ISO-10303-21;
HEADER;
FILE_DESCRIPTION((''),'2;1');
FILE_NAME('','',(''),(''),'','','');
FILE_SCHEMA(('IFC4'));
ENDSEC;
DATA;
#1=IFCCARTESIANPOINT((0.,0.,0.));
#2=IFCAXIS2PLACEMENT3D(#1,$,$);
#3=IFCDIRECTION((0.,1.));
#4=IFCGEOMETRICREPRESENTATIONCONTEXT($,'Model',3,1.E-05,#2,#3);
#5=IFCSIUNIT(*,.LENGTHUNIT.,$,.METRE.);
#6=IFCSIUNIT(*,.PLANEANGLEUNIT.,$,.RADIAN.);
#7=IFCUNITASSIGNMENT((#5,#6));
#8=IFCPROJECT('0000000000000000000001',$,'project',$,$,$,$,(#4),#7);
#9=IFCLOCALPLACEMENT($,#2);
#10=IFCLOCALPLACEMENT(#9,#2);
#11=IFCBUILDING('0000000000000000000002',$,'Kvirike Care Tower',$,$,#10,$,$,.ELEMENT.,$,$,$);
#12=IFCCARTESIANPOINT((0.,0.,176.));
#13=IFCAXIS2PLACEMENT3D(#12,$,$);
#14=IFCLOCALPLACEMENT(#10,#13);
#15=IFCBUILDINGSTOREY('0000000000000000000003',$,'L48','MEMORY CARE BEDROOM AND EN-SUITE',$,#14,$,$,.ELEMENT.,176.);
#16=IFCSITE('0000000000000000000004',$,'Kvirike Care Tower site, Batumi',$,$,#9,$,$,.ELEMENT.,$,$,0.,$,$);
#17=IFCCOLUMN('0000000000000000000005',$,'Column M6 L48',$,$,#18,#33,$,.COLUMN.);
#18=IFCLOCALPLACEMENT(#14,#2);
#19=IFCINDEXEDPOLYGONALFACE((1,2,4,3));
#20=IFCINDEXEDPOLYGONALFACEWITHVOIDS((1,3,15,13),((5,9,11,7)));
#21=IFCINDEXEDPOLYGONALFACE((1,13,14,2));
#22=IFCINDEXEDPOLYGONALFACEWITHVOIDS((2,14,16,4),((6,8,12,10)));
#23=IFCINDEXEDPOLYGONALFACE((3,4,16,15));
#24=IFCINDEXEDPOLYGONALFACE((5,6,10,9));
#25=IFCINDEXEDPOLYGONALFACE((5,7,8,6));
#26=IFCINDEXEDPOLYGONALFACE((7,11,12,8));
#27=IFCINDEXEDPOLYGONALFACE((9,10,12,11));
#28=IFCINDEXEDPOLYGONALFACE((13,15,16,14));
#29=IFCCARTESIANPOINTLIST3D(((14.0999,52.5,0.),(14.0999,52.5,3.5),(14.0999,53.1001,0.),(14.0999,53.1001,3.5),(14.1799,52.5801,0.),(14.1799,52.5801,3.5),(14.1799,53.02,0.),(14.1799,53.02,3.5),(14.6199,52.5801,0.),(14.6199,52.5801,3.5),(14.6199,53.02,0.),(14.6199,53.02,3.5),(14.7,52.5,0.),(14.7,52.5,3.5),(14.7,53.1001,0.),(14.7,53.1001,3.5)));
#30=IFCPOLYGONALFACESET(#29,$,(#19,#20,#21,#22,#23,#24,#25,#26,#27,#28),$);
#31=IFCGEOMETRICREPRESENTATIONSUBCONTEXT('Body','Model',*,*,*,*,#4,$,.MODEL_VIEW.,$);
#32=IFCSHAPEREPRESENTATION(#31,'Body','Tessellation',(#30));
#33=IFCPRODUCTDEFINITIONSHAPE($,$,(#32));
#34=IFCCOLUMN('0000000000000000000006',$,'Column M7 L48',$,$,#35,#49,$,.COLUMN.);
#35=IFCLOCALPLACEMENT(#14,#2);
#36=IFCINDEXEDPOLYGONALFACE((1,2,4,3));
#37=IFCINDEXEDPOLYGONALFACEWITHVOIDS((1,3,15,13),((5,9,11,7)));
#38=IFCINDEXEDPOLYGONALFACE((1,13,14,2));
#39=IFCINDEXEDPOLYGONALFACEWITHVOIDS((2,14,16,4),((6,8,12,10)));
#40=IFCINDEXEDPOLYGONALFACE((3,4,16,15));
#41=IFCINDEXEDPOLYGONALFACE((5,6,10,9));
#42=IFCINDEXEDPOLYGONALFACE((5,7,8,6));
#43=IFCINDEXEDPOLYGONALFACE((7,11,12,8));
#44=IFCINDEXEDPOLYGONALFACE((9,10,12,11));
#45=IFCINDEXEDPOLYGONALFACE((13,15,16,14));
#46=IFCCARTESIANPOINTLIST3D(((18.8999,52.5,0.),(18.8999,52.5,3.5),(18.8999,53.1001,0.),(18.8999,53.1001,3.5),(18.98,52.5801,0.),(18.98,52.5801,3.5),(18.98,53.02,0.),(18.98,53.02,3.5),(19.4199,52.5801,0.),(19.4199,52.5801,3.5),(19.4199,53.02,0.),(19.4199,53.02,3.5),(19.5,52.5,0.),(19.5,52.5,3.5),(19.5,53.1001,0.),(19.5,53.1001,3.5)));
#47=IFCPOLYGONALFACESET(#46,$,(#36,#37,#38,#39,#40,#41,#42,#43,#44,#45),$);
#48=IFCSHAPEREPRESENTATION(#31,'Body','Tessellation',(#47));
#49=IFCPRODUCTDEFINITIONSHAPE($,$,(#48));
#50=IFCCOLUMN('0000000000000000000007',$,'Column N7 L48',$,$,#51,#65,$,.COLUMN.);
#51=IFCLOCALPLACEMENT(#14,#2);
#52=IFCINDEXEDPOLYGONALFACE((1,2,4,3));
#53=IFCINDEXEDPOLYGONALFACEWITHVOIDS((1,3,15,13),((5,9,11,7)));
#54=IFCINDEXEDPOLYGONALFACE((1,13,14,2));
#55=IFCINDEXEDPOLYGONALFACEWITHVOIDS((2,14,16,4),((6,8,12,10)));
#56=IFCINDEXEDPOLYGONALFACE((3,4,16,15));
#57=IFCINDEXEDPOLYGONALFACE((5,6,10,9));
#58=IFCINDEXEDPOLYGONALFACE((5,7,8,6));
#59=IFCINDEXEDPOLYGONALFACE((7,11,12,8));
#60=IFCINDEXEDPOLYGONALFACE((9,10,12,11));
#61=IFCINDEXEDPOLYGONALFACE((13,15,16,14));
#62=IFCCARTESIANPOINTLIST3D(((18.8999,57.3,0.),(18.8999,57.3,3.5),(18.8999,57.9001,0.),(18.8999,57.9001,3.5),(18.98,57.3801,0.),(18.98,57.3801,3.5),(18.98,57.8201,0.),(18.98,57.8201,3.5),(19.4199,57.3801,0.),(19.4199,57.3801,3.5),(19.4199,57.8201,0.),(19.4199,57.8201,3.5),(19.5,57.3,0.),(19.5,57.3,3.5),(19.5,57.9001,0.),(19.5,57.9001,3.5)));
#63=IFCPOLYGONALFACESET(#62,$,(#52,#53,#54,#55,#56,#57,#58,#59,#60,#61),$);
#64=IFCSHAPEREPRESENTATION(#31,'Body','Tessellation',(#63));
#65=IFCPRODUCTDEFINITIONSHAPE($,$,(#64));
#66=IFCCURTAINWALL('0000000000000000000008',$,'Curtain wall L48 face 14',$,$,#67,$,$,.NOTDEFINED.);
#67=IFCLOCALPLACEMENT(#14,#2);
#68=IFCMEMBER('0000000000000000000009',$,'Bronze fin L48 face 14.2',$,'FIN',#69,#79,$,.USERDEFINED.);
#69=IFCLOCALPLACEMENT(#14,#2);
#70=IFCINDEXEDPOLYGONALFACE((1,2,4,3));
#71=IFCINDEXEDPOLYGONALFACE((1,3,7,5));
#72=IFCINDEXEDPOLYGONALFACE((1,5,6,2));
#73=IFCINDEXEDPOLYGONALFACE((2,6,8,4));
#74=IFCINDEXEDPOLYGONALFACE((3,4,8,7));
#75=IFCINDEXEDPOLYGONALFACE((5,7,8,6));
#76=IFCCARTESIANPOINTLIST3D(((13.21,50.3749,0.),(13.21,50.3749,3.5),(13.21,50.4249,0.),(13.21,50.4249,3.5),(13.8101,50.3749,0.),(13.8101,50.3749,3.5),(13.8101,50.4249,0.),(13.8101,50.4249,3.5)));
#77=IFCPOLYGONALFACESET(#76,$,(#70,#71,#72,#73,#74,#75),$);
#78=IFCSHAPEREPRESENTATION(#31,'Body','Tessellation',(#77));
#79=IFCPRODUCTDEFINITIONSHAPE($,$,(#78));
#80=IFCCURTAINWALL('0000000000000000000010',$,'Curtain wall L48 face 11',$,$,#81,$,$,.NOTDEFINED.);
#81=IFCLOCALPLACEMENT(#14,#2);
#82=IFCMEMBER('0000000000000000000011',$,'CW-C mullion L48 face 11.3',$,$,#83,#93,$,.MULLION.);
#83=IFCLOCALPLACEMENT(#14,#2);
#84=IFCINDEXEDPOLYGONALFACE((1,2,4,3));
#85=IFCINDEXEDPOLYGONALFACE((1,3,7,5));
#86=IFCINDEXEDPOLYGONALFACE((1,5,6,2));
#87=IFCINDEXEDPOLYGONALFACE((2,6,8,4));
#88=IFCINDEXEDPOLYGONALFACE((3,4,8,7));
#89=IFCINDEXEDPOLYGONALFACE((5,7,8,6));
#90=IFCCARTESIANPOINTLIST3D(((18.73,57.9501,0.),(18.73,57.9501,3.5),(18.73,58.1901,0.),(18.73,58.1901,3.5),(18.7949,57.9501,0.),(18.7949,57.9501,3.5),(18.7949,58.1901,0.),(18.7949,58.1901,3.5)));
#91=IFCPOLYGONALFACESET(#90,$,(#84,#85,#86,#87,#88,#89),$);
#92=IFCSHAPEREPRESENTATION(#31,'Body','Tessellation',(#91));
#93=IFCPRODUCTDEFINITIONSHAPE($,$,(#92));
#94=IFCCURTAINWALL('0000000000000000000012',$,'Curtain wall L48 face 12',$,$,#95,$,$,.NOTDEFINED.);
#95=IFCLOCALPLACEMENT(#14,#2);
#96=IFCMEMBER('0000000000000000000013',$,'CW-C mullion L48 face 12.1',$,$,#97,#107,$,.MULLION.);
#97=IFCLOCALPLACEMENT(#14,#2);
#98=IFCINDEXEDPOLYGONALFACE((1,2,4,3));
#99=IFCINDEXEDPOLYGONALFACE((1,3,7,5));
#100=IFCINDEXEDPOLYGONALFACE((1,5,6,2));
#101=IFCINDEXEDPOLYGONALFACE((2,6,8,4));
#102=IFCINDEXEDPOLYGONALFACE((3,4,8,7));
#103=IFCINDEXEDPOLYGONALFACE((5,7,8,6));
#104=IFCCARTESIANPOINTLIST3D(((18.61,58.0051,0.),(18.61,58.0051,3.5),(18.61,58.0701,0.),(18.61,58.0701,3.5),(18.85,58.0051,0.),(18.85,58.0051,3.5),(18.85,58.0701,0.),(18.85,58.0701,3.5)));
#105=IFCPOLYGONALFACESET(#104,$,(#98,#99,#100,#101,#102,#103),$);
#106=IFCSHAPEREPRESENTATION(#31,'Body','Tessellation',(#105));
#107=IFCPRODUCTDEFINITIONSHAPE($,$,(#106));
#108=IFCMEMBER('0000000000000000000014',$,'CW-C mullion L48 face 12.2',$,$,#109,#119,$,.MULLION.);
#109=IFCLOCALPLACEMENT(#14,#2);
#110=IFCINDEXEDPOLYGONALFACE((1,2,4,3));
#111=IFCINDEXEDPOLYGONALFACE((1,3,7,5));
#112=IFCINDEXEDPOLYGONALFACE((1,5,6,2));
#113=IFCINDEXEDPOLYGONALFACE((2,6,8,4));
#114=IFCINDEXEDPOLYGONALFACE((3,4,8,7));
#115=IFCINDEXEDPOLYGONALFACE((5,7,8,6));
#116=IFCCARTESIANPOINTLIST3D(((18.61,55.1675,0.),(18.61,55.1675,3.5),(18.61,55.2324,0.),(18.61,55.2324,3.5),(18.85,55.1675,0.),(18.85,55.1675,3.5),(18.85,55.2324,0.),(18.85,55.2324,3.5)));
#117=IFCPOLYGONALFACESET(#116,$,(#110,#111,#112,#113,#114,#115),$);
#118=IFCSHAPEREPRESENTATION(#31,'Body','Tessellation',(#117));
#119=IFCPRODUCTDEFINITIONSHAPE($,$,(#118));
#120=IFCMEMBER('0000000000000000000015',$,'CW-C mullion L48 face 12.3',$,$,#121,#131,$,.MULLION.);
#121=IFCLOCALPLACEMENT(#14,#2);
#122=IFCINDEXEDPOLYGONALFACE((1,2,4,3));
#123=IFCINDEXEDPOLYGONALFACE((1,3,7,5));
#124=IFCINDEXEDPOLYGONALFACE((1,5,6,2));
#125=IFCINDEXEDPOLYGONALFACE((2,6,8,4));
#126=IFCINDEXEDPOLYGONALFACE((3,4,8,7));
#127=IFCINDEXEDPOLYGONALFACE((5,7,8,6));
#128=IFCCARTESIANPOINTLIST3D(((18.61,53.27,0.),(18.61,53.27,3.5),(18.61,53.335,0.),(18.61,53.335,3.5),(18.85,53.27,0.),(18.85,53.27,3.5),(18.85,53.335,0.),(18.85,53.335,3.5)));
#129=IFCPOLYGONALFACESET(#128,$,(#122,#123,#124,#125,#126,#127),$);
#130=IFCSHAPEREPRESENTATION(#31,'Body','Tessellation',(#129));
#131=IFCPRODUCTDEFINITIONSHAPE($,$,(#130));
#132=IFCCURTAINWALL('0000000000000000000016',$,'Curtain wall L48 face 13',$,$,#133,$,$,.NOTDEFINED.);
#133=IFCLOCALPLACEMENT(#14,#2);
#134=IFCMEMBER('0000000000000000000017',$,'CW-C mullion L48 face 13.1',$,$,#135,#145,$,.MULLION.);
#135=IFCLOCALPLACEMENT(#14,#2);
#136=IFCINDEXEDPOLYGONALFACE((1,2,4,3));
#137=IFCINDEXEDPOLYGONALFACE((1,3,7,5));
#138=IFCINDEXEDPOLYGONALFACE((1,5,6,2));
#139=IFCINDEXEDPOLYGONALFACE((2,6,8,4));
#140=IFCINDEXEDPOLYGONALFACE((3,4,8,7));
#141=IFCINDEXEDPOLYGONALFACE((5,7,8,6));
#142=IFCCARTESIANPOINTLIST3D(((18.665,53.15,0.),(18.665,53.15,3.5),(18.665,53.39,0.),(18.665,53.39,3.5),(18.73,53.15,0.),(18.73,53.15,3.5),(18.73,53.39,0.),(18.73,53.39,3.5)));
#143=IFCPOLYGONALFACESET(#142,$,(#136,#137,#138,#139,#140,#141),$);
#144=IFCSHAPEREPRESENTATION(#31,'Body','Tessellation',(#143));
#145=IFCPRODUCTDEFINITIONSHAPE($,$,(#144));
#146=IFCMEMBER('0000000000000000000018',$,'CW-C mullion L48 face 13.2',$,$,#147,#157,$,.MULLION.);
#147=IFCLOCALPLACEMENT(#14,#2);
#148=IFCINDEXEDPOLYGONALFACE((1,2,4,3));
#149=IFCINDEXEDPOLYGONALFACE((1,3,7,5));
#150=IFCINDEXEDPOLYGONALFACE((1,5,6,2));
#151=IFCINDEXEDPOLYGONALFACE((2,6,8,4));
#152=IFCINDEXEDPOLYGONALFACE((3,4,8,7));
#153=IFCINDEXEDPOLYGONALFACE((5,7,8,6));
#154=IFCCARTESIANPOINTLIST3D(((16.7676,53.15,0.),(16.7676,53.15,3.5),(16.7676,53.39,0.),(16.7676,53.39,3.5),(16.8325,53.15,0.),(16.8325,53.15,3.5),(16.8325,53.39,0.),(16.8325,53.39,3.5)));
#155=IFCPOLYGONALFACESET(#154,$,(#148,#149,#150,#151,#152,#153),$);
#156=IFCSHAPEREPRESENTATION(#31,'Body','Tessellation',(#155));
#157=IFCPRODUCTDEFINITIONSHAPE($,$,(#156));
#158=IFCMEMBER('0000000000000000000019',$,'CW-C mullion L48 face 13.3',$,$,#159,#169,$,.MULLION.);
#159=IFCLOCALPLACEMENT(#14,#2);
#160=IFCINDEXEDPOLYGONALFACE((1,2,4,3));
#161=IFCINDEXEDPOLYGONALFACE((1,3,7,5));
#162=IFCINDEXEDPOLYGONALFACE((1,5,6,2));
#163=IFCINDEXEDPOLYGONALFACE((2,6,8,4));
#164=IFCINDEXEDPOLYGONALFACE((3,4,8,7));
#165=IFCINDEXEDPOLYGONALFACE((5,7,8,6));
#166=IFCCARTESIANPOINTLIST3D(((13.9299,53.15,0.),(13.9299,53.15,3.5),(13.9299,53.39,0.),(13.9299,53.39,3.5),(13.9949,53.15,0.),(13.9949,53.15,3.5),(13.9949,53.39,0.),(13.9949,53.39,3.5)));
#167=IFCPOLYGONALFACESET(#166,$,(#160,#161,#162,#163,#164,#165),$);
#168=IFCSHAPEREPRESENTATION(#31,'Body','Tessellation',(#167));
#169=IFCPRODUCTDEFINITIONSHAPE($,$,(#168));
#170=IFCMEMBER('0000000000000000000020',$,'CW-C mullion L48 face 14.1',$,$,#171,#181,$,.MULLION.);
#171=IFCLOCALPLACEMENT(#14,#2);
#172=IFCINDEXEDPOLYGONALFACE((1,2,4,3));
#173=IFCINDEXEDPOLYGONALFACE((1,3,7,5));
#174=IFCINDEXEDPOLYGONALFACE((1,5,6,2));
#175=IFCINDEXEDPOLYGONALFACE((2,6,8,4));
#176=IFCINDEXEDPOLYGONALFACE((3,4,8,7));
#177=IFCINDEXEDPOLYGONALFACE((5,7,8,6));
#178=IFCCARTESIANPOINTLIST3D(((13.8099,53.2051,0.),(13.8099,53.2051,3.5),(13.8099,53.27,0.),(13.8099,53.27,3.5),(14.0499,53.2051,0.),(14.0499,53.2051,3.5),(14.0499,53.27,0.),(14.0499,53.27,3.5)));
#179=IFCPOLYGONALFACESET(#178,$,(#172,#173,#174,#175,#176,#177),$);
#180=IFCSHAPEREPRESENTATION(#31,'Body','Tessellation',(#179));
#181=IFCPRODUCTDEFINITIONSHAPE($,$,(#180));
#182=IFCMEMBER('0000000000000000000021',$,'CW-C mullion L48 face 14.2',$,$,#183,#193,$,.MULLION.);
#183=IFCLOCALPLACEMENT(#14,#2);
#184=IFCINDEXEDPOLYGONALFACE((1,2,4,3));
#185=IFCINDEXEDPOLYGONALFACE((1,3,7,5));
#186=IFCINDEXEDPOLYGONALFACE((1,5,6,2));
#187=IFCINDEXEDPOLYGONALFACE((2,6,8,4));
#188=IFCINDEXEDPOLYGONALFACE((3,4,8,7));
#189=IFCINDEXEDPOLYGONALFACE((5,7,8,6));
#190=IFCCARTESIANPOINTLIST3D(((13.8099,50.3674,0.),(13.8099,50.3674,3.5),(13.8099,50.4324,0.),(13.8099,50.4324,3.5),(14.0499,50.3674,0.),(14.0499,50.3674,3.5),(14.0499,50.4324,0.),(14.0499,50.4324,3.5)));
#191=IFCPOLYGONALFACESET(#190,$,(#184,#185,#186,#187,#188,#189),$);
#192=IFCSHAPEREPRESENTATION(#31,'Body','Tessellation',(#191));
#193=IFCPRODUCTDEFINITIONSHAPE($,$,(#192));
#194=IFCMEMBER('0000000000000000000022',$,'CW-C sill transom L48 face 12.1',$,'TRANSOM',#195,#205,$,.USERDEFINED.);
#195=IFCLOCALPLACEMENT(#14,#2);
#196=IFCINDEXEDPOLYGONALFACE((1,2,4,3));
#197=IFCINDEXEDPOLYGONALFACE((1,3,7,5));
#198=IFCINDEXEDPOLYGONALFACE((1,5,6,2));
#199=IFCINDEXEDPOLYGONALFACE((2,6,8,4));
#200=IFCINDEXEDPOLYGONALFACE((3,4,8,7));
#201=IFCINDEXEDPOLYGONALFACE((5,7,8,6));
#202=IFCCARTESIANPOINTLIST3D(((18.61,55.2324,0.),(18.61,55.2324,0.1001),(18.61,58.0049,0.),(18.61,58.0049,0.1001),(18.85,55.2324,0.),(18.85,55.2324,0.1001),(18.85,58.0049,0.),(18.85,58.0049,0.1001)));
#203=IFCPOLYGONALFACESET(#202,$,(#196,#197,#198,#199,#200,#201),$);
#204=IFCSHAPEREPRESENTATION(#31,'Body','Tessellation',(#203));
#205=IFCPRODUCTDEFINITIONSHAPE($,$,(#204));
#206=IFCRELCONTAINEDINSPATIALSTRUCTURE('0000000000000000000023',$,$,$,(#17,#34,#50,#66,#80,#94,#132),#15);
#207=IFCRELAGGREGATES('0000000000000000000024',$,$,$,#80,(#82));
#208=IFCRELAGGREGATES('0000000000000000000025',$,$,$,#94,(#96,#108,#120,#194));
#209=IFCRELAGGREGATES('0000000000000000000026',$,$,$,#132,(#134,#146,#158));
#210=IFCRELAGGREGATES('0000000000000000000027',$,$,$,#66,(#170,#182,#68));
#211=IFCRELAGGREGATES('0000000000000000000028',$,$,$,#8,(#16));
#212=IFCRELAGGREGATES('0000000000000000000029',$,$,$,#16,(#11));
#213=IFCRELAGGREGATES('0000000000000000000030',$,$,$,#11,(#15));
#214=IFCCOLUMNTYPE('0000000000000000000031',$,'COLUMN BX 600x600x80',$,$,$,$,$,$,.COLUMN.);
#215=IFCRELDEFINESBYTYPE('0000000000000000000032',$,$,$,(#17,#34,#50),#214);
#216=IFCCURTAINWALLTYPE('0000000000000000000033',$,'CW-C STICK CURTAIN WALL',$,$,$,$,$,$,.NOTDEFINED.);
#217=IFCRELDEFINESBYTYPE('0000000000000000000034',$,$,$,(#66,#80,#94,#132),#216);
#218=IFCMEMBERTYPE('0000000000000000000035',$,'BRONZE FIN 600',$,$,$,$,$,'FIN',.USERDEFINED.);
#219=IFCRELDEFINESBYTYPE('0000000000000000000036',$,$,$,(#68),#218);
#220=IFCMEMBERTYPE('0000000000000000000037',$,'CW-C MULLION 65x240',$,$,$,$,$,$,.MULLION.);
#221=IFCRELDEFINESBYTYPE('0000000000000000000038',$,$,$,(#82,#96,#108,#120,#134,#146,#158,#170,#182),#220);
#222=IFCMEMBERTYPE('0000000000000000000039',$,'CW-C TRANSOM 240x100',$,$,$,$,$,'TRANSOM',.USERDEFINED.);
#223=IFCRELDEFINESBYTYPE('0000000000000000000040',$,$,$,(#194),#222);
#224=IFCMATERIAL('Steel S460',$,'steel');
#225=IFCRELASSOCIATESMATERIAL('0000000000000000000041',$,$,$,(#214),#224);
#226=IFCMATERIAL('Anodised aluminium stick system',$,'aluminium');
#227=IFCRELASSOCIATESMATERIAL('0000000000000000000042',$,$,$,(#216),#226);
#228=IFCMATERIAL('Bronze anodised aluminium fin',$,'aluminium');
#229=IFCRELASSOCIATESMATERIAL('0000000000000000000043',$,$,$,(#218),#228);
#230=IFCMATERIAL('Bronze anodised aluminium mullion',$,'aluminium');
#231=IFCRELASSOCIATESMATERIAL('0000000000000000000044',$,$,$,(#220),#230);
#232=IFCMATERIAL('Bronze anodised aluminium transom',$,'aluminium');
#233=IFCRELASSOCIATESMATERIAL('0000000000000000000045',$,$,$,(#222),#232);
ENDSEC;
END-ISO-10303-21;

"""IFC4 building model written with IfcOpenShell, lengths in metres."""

from ifc_helpers import new_model, si_unit, direction, frame, origin, origin_2d, place, context, subcontext, project, spatial, rectangle, hollow_rectangle, extrude, material, material_profile, profile_set, type_object, element, aggregate, save


model = new_model("IFC4")

# Units and contexts
model_context = context("Model", 3, precision=1e-05, world=origin(), true_north=direction((0.0, 1.0)))
body_context = subcontext(model_context, "Body", "Model", "MODEL_VIEW")
ifc_project = project(units=[si_unit("LENGTHUNIT", "METRE"), si_unit("PLANEANGLEUNIT", "RADIAN")], contexts=[model_context])

# Site, building, storey
site_placement = place(None, origin())
site = spatial("IfcSite", under=ifc_project, at=site_placement, Name="Kvirike Care Tower site, Batumi", CompositionType="ELEMENT", RefElevation=0.0)
building_placement = place(site_placement, origin())
building = spatial("IfcBuilding", under=site, at=building_placement, Name="Kvirike Care Tower", CompositionType="ELEMENT")
storey_placement = place(building_placement, frame((0.0, 0.0, 176.0)))
storey = spatial("IfcBuildingStorey", under=building, at=storey_placement, Name="L48", Description="MEMORY CARE BEDROOM AND EN-SUITE", CompositionType="ELEMENT", Elevation=176.0)

# Columns
ifc_material_1 = material(Name="Steel S460", Category="steel")
ifc_material_profile_1 = material_profile(ifc_material_1, hollow_rectangle(XDim=0.6001, YDim=0.6001, WallThickness=0.0801, at=origin_2d()), Name="BX 600x600x80")
ifc_profile_set_1 = profile_set([ifc_material_profile_1], Name="Steel S460")
column_type = type_object("IfcColumnType", Name="COLUMN BX 600x600x80", PredefinedType="COLUMN", material=ifc_profile_set_1)
for number, where, z_axis, x_axis, name in (
    (1, (14.3999, 52.8, 0.0), (0.0, 0.0, 1.0), (0.0, 1.0, 0.0), "Column M6 L48"),
    (2, (19.2, 52.8, 0.0), (0.0, 0.0, 1.0), (0.0, 1.0, 0.0), "Column M7 L48"),
    (3, (19.2, 57.6001, 0.0), (0.0, 0.0, 1.0), (0.0, 1.0, 0.0), "Column N7 L48"),
):
    element("IfcColumn", number, at=place(storey_placement, frame(where, z_axis=z_axis, x_axis=x_axis)), inside=storey, type_object=column_type, Name=name, PredefinedType="COLUMN", context=body_context, shape_type="SweptSolid", body=[
        extrude(hollow_rectangle(XDim=0.6001, YDim=0.6001, WallThickness=0.0801, at=origin_2d()), origin(), (0.0, 0.0, 1.0), 3.5),
    ])

# Curtain walls, members
ifc_material_2 = material(Name="Anodised aluminium stick system", Category="aluminium")
curtain_wall_type = type_object("IfcCurtainWallType", Name="CW-C STICK CURTAIN WALL", PredefinedType="NOTDEFINED", material=ifc_material_2)
curtain_wall_1_placement = place(storey_placement, origin())
curtain_wall_1 = element("IfcCurtainWall", 4, at=curtain_wall_1_placement, inside=storey, type_object=curtain_wall_type, Name="Curtain wall L48 face 14", PredefinedType="NOTDEFINED")
ifc_material_3 = material(Name="Bronze anodised aluminium fin", Category="aluminium")
ifc_material_profile_2 = material_profile(ifc_material_3, rectangle(XDim=0.05, YDim=0.6001, at=origin_2d()), Name="BRONZE FIN 600")
ifc_profile_set_2 = profile_set([ifc_material_profile_2], Name="Bronze anodised aluminium fin")
member_type_1 = type_object("IfcMemberType", Name="BRONZE FIN 600", ElementType="FIN", PredefinedType="USERDEFINED", material=ifc_profile_set_2)
member_1_placement = place(storey_placement, frame((13.51, 50.3999, 0.0), z_axis=(0.0, 0.0, 1.0), x_axis=(0.0, -1.0, 0.0)))
member_1 = element("IfcMember", 5, at=member_1_placement, type_object=member_type_1, Name="Bronze fin L48 face 14.2", ObjectType="FIN", PredefinedType="USERDEFINED", context=body_context, shape_type="SweptSolid", body=[
    extrude(rectangle(XDim=0.05, YDim=0.6001, at=origin_2d()), origin(), (0.0, 0.0, 1.0), 3.5),
])
curtain_wall_2_placement = place(storey_placement, origin())
curtain_wall_2 = element("IfcCurtainWall", 6, at=curtain_wall_2_placement, inside=storey, type_object=curtain_wall_type, Name="Curtain wall L48 face 11", PredefinedType="NOTDEFINED")
ifc_material_4 = material(Name="Bronze anodised aluminium mullion", Category="aluminium")
ifc_material_profile_3 = material_profile(ifc_material_4, rectangle(XDim=0.0649, YDim=0.24, at=origin_2d()), Name="CW-C MULLION 65x240")
ifc_profile_set_3 = profile_set([ifc_material_profile_3], Name="Bronze anodised aluminium mullion")
member_type_2 = type_object("IfcMemberType", Name="CW-C MULLION 65x240", PredefinedType="MULLION", material=ifc_profile_set_3)
member_2_placement = place(storey_placement, frame((18.7625, 58.0701, 0.0), z_axis=(0.0, 0.0, 1.0), x_axis=(-1.0, 0.0, 0.0)))
member_2 = element("IfcMember", 7, at=member_2_placement, type_object=member_type_2, Name="CW-C mullion L48 face 11.3", PredefinedType="MULLION", context=body_context, shape_type="SweptSolid", body=[
    extrude(rectangle(XDim=0.0649, YDim=0.24, at=origin_2d()), origin(), (0.0, 0.0, 1.0), 3.5),
])
aggregate(curtain_wall_2, [member_2])

# Curtain walls, members
curtain_wall_3_placement = place(storey_placement, origin())
curtain_wall_3 = element("IfcCurtainWall", 8, at=curtain_wall_3_placement, inside=storey, type_object=curtain_wall_type, Name="Curtain wall L48 face 12", PredefinedType="NOTDEFINED")
member_3_placement = place(storey_placement, frame((18.73, 58.0376, 0.0), z_axis=(0.0, 0.0, 1.0), x_axis=(0.0, -1.0, 0.0)))
member_3 = element("IfcMember", 9, at=member_3_placement, type_object=member_type_2, Name="CW-C mullion L48 face 12.1", PredefinedType="MULLION", context=body_context, shape_type="SweptSolid", body=[
    extrude(rectangle(XDim=0.0649, YDim=0.24, at=origin_2d()), origin(), (0.0, 0.0, 1.0), 3.5),
])
member_4_placement = place(storey_placement, frame((18.73, 55.2, 0.0), z_axis=(0.0, 0.0, 1.0), x_axis=(0.0, -1.0, 0.0)))
member_4 = element("IfcMember", 10, at=member_4_placement, type_object=member_type_2, Name="CW-C mullion L48 face 12.2", PredefinedType="MULLION", context=body_context, shape_type="SweptSolid", body=[
    extrude(rectangle(XDim=0.0649, YDim=0.24, at=origin_2d()), origin(), (0.0, 0.0, 1.0), 3.5),
])
member_5_placement = place(storey_placement, frame((18.73, 53.3025, 0.0), z_axis=(0.0, 0.0, 1.0), x_axis=(0.0, -1.0, 0.0)))
member_5 = element("IfcMember", 11, at=member_5_placement, type_object=member_type_2, Name="CW-C mullion L48 face 12.3", PredefinedType="MULLION", context=body_context, shape_type="SweptSolid", body=[
    extrude(rectangle(XDim=0.0649, YDim=0.24, at=origin_2d()), origin(), (0.0, 0.0, 1.0), 3.5),
])
curtain_wall_4_placement = place(storey_placement, origin())
curtain_wall_4 = element("IfcCurtainWall", 12, at=curtain_wall_4_placement, inside=storey, type_object=curtain_wall_type, Name="Curtain wall L48 face 13", PredefinedType="NOTDEFINED")
member_6_placement = place(storey_placement, frame((18.6975, 53.27, 0.0), z_axis=(0.0, 0.0, 1.0), x_axis=(-1.0, 0.0, 0.0)))
member_6 = element("IfcMember", 13, at=member_6_placement, type_object=member_type_2, Name="CW-C mullion L48 face 13.1", PredefinedType="MULLION", context=body_context, shape_type="SweptSolid", body=[
    extrude(rectangle(XDim=0.0649, YDim=0.24, at=origin_2d()), origin(), (0.0, 0.0, 1.0), 3.5),
])
member_7_placement = place(storey_placement, frame((16.8, 53.27, 0.0), z_axis=(0.0, 0.0, 1.0), x_axis=(-1.0, 0.0, 0.0)))
member_7 = element("IfcMember", 14, at=member_7_placement, type_object=member_type_2, Name="CW-C mullion L48 face 13.2", PredefinedType="MULLION", context=body_context, shape_type="SweptSolid", body=[
    extrude(rectangle(XDim=0.0649, YDim=0.24, at=origin_2d()), origin(), (0.0, 0.0, 1.0), 3.5),
])
member_8_placement = place(storey_placement, frame((13.9624, 53.27, 0.0), z_axis=(0.0, 0.0, 1.0), x_axis=(-1.0, 0.0, 0.0)))
member_8 = element("IfcMember", 15, at=member_8_placement, type_object=member_type_2, Name="CW-C mullion L48 face 13.3", PredefinedType="MULLION", context=body_context, shape_type="SweptSolid", body=[
    extrude(rectangle(XDim=0.0649, YDim=0.24, at=origin_2d()), origin(), (0.0, 0.0, 1.0), 3.5),
])

# Members
member_9_placement = place(storey_placement, frame((13.9299, 53.2375, 0.0), z_axis=(0.0, 0.0, 1.0), x_axis=(0.0, -1.0, 0.0)))
member_9 = element("IfcMember", 16, at=member_9_placement, type_object=member_type_2, Name="CW-C mullion L48 face 14.1", PredefinedType="MULLION", context=body_context, shape_type="SweptSolid", body=[
    extrude(rectangle(XDim=0.0649, YDim=0.24, at=origin_2d()), origin(), (0.0, 0.0, 1.0), 3.5),
])
member_10_placement = place(storey_placement, frame((13.9299, 50.3999, 0.0), z_axis=(0.0, 0.0, 1.0), x_axis=(0.0, -1.0, 0.0)))
member_10 = element("IfcMember", 17, at=member_10_placement, type_object=member_type_2, Name="CW-C mullion L48 face 14.2", PredefinedType="MULLION", context=body_context, shape_type="SweptSolid", body=[
    extrude(rectangle(XDim=0.0649, YDim=0.24, at=origin_2d()), origin(), (0.0, 0.0, 1.0), 3.5),
])
ifc_material_5 = material(Name="Bronze anodised aluminium transom", Category="aluminium")
ifc_material_profile_4 = material_profile(ifc_material_5, rectangle(XDim=0.24, YDim=0.1001, at=origin_2d()), Name="CW-C TRANSOM 240x100")
ifc_profile_set_4 = profile_set([ifc_material_profile_4], Name="Bronze anodised aluminium transom")
member_type_3 = type_object("IfcMemberType", Name="CW-C TRANSOM 240x100", ElementType="TRANSOM", PredefinedType="USERDEFINED", material=ifc_profile_set_4)
member_11_placement = place(storey_placement, frame((18.73, 58.0049, 0.05), z_axis=(0.0, -1.0, 0.0), x_axis=(1.0, 0.0, 0.0)))
member_11 = element("IfcMember", 18, at=member_11_placement, type_object=member_type_3, Name="CW-C sill transom L48 face 12.1", ObjectType="TRANSOM", PredefinedType="USERDEFINED", context=body_context, shape_type="SweptSolid", body=[
    extrude(rectangle(XDim=0.24, YDim=0.1001, at=origin_2d()), origin(), (0.0, 0.0, 1.0), 2.7725),
])

aggregate(curtain_wall_3, [member_3, member_4, member_5, member_11])
aggregate(curtain_wall_4, [member_6, member_7, member_8])
aggregate(curtain_wall_1, [member_9, member_10, member_1])

save(model, "model.ifc")
